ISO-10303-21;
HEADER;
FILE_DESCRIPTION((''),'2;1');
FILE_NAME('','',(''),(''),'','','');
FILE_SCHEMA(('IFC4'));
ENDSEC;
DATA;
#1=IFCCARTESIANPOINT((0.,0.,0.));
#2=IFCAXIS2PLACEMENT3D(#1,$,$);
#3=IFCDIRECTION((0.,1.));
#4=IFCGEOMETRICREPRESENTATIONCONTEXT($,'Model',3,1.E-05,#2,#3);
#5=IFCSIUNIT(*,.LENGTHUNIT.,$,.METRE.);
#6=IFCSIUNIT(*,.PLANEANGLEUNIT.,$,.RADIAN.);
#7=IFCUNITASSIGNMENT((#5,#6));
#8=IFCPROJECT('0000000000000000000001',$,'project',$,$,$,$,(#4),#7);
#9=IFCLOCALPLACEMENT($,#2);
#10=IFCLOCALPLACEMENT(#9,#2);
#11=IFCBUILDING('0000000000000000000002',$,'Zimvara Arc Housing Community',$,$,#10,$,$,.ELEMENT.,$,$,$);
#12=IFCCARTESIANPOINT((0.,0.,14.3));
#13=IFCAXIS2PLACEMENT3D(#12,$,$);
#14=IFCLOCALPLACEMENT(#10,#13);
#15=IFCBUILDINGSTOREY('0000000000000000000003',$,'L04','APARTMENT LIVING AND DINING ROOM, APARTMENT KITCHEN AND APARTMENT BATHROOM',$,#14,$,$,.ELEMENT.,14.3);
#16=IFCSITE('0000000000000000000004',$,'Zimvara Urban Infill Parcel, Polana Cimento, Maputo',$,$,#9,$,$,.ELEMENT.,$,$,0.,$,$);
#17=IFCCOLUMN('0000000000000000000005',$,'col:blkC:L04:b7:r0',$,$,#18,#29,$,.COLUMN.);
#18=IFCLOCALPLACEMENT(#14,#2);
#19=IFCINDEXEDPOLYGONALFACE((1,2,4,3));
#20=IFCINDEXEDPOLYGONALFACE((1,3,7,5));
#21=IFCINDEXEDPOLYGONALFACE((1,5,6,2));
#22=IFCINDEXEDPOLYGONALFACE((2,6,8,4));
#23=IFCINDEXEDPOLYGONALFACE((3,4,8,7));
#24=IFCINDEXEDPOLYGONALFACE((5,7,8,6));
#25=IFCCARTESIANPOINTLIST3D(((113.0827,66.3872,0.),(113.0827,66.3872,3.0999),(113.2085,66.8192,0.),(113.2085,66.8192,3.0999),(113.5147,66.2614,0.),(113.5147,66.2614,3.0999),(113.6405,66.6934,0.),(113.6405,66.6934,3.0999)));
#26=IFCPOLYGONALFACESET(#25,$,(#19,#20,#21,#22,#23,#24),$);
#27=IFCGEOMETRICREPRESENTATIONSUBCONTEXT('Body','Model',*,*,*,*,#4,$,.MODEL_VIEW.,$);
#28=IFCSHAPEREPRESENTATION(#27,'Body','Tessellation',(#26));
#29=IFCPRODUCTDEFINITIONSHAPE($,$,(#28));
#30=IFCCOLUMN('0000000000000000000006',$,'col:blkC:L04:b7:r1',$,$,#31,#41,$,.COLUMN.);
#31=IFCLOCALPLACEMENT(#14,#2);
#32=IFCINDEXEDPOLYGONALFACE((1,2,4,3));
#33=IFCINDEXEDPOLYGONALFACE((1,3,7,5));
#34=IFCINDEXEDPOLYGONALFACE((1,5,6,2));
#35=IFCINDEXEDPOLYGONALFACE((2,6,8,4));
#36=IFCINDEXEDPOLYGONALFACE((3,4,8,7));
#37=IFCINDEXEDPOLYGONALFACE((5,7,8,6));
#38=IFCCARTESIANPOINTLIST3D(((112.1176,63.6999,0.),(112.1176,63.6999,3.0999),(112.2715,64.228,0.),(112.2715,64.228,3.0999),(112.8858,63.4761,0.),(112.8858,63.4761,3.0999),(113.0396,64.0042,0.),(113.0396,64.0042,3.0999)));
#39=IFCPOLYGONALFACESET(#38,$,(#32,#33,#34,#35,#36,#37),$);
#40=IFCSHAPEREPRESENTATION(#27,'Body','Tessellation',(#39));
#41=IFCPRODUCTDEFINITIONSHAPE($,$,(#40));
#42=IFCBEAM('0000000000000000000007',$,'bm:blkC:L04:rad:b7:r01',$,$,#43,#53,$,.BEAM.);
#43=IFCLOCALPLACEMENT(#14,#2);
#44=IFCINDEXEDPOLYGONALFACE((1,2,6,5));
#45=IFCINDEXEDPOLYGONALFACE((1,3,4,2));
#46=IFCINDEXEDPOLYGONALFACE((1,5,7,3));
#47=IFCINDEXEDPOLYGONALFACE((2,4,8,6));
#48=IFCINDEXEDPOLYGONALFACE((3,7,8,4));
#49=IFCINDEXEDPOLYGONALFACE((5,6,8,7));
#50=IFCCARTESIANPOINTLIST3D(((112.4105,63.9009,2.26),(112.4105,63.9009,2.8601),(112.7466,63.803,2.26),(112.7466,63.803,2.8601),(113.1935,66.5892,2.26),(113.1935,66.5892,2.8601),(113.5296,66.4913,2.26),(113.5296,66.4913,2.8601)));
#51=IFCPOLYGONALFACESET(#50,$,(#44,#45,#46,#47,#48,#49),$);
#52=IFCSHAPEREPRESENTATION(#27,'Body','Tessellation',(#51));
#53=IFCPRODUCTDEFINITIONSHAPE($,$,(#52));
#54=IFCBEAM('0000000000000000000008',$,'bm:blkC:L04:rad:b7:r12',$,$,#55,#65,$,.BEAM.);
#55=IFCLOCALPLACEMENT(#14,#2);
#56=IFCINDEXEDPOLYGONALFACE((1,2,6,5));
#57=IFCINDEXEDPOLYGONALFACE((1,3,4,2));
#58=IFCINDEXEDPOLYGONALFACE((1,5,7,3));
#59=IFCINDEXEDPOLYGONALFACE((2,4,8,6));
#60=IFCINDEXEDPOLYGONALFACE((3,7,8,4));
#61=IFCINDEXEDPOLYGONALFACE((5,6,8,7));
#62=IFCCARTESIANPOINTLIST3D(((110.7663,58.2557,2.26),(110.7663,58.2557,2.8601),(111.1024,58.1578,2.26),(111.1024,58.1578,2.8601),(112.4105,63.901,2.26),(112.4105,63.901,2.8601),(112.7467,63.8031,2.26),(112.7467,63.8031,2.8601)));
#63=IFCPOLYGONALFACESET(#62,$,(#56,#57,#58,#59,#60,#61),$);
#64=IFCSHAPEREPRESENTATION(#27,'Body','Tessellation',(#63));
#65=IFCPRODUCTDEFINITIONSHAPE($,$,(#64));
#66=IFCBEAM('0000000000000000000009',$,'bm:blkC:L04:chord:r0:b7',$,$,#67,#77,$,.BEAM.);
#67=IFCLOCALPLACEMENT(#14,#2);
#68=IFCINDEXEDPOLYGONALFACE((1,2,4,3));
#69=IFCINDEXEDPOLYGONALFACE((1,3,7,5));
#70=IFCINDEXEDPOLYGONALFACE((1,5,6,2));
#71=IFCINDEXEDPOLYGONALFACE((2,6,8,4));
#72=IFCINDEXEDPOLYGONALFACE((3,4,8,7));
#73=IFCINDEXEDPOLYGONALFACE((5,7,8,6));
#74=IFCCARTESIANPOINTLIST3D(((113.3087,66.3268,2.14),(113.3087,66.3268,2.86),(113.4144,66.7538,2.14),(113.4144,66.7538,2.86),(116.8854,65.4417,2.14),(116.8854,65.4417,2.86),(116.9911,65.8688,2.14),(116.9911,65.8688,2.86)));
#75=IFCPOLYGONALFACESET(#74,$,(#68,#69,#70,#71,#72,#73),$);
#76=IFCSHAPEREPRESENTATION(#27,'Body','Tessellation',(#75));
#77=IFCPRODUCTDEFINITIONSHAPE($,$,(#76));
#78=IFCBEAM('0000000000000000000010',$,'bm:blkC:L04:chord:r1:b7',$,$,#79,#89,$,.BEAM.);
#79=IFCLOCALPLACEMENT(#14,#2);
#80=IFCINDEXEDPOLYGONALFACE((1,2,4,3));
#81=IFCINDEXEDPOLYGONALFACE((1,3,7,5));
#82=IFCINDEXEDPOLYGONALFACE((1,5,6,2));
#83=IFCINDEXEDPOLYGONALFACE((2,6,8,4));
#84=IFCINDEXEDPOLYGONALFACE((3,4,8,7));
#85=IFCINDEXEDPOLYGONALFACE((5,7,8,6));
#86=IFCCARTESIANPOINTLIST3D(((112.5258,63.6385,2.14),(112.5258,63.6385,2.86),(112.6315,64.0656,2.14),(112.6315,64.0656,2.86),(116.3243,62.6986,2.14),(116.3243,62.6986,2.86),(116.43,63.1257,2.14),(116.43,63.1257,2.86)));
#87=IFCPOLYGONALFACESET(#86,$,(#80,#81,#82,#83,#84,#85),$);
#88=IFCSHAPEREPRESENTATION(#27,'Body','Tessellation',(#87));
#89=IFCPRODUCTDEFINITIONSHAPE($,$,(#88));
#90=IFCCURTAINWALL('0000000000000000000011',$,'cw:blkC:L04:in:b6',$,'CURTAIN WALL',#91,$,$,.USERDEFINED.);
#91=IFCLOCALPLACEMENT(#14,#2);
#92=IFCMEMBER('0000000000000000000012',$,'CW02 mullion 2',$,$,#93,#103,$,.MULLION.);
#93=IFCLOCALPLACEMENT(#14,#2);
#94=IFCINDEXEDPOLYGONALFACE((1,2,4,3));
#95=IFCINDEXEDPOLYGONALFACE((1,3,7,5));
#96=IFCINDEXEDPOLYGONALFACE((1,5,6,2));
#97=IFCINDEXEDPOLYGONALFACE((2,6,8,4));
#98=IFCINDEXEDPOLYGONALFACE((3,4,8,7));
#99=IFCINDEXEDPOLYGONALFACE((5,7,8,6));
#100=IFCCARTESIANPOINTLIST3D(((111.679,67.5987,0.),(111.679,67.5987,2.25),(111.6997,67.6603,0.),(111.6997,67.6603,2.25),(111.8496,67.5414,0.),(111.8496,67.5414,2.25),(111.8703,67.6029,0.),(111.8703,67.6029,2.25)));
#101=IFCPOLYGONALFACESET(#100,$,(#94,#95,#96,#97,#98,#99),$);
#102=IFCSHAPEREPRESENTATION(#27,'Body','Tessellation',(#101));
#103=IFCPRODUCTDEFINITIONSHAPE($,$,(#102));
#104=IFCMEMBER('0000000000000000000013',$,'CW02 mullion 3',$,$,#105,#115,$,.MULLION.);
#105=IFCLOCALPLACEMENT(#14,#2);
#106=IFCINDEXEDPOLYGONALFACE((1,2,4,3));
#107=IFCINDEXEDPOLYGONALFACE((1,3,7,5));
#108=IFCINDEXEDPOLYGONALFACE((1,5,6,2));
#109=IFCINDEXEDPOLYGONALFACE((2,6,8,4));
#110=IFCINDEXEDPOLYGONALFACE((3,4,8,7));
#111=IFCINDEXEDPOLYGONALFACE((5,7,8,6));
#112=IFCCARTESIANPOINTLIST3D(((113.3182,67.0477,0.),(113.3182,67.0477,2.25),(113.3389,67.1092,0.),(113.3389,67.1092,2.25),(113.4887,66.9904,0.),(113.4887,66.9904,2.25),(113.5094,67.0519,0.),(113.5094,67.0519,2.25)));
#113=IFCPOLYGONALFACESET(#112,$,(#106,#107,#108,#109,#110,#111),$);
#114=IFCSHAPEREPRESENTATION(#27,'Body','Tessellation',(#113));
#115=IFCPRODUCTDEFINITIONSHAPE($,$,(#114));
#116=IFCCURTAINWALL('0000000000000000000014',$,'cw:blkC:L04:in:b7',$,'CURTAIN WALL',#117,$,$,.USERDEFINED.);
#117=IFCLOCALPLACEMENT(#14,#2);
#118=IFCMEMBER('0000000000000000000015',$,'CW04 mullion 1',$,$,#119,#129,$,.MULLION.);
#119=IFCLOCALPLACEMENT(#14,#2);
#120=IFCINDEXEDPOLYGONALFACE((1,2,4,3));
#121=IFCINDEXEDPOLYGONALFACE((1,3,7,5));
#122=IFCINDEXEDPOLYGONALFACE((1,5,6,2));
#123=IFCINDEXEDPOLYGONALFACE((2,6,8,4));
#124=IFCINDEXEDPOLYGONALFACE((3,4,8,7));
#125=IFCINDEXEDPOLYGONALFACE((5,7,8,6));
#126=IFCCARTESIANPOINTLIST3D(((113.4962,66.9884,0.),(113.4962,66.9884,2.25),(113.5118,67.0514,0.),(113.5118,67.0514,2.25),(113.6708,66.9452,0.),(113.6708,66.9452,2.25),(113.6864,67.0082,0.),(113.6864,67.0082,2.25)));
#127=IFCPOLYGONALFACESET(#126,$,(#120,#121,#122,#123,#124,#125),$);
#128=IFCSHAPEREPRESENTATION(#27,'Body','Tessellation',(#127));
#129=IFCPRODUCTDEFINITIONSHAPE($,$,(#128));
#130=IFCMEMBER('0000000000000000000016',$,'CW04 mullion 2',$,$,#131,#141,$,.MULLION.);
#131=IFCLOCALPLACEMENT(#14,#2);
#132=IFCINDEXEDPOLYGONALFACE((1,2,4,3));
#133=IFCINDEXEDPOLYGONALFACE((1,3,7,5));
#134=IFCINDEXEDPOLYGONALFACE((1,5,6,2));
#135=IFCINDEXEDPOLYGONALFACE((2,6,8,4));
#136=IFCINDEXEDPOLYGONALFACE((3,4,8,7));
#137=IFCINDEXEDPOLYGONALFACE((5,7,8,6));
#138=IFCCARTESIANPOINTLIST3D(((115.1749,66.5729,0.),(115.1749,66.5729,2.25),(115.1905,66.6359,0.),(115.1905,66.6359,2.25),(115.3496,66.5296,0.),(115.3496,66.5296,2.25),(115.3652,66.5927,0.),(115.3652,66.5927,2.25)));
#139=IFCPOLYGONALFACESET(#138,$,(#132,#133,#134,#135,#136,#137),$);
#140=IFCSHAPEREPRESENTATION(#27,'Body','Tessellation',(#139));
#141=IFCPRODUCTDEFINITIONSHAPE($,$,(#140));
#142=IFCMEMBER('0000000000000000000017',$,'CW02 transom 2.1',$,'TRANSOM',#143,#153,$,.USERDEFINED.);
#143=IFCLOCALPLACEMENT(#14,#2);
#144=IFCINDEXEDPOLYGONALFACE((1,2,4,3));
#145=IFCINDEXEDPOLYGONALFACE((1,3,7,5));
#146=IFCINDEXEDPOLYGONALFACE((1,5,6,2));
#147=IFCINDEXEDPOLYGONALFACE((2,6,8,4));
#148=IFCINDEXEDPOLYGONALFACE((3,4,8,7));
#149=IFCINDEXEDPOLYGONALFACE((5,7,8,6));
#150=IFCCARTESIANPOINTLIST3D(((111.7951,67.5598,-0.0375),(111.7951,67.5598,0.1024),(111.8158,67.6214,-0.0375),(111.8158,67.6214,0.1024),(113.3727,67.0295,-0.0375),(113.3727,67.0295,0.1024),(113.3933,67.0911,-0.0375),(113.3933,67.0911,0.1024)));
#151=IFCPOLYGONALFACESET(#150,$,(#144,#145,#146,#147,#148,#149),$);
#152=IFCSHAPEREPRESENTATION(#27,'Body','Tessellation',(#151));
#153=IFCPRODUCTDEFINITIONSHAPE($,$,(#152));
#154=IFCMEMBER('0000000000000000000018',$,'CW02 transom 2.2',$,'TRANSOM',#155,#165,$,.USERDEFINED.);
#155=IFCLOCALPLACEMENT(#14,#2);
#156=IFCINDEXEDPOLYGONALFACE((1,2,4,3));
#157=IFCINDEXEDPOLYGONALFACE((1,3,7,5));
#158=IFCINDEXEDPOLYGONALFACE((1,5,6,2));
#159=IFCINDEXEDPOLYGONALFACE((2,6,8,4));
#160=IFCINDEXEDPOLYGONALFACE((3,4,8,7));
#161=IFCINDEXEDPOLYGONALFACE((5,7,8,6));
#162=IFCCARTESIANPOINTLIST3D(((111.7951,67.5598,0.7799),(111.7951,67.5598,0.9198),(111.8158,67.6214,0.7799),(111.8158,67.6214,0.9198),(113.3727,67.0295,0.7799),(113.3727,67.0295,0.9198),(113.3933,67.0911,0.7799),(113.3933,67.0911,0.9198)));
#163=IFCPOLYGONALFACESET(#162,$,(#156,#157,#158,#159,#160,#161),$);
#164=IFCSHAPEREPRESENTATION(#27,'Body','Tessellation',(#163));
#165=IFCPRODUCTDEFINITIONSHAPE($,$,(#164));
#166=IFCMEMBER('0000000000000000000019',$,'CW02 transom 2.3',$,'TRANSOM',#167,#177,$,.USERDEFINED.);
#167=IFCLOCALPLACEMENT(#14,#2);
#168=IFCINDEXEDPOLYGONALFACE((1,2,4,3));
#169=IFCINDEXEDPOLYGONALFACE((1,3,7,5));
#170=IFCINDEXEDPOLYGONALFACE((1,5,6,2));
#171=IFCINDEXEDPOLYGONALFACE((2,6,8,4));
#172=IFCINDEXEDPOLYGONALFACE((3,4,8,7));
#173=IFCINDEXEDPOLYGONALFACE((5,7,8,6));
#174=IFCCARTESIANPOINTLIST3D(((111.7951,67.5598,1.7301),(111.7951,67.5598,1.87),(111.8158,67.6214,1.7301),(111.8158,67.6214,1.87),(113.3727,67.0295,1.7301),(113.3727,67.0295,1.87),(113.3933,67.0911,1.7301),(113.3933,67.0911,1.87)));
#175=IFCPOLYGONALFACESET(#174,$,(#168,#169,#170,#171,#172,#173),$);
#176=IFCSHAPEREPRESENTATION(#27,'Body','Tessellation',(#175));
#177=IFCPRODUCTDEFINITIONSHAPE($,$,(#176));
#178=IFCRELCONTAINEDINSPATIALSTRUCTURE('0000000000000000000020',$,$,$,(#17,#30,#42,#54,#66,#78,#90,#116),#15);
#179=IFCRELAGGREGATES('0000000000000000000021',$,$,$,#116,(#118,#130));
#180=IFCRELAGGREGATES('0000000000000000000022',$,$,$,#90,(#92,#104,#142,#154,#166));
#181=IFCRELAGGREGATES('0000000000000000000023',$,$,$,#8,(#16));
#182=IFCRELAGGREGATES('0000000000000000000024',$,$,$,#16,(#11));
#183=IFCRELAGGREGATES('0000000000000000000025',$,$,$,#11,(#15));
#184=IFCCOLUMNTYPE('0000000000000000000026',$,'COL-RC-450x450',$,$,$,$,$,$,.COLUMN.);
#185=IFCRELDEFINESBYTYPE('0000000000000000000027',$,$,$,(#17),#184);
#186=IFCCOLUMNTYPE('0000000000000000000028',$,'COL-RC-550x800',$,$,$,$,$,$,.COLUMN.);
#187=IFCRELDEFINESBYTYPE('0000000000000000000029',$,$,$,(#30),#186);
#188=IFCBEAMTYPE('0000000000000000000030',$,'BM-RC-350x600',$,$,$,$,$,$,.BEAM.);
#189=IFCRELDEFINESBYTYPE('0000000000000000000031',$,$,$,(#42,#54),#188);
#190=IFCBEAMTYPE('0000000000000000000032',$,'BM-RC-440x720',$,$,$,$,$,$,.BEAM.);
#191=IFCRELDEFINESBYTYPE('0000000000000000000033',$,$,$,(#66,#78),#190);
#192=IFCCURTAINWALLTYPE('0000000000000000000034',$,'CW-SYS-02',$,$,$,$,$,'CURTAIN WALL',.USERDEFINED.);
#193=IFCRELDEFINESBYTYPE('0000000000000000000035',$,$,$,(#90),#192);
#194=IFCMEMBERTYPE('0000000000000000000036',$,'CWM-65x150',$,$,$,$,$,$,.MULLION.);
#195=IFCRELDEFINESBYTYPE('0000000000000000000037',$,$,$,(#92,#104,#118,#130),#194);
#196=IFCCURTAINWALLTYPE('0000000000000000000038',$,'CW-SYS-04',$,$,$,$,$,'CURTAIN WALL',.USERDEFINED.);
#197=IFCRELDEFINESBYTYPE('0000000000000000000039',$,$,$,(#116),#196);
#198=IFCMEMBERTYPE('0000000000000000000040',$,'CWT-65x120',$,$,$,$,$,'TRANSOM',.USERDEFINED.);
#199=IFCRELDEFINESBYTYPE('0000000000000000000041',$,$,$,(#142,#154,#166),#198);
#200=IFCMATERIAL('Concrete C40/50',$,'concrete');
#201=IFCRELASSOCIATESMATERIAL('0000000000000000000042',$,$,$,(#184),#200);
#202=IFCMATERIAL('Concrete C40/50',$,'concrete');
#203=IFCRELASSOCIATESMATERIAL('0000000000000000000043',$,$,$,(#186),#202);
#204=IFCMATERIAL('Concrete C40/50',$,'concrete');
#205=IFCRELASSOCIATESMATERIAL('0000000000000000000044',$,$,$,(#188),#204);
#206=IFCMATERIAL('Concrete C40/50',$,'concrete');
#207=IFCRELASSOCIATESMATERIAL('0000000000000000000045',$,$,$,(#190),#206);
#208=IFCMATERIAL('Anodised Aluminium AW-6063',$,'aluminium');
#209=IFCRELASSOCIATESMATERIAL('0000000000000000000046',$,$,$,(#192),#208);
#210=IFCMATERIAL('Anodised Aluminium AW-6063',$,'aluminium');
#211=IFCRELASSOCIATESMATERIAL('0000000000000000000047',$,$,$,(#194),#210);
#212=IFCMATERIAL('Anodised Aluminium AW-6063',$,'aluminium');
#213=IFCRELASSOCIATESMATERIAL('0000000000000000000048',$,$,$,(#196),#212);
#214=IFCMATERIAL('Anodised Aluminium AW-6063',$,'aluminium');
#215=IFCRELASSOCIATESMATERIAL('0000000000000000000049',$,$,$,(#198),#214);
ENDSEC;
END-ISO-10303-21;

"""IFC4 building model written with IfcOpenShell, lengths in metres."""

from ifc_helpers import new_model, si_unit, direction, frame, origin, origin_2d, place, context, subcontext, project, spatial, rectangle, extrude, material, material_profile, profile_set, type_object, element, aggregate, save


model = new_model("IFC4")

# Units and contexts
model_context = context("Model", 3, precision=1e-05, world=origin(), true_north=direction((0.0, 1.0)))
body_context = subcontext(model_context, "Body", "Model", "MODEL_VIEW")
ifc_project = project(units=[si_unit("LENGTHUNIT", "METRE"), si_unit("PLANEANGLEUNIT", "RADIAN")], contexts=[model_context])

# Site, building, storey
site_placement = place(None, origin())
site = spatial("IfcSite", under=ifc_project, at=site_placement, Name="Zimvara Urban Infill Parcel, Polana Cimento, Maputo", CompositionType="ELEMENT", RefElevation=0.0)
building_placement = place(site_placement, origin())
building = spatial("IfcBuilding", under=site, at=building_placement, Name="Zimvara Arc Housing Community", CompositionType="ELEMENT")
storey_placement = place(building_placement, frame((0.0, 0.0, 14.3)))
storey = spatial("IfcBuildingStorey", under=building, at=storey_placement, Name="L04", Description="APARTMENT LIVING AND DINING ROOM, APARTMENT KITCHEN AND APARTMENT BATHROOM", CompositionType="ELEMENT", Elevation=14.3)

# Columns
ifc_material_1 = material(Name="Concrete C40/50", Category="concrete")
ifc_material_profile_1 = material_profile(ifc_material_1, rectangle(XDim=0.45, YDim=0.45, at=origin_2d()), Name="RC 450x450")
ifc_profile_set_1 = profile_set([ifc_material_profile_1], Name="Concrete C40/50")
column_type_1 = type_object("IfcColumnType", Name="COL-RC-450x450", PredefinedType="COLUMN", material=ifc_profile_set_1)
column_1_placement = place(storey_placement, frame((113.3616, 66.5403, 0.0), z_axis=(0.0, 0.0, 1.0), x_axis=(-0.279661, -0.960099, 0.0)))
element("IfcColumn", 1, at=column_1_placement, inside=storey, type_object=column_type_1, Name="col:blkC:L04:b7:r0", PredefinedType="COLUMN", context=body_context, shape_type="SweptSolid", body=[
    extrude(rectangle(XDim=0.45, YDim=0.45, at=origin_2d()), origin(), (0.0, 0.0, 1.0), 3.0999),
])
ifc_material_2 = material(Name="Concrete C40/50", Category="concrete")
ifc_material_profile_2 = material_profile(ifc_material_2, rectangle(XDim=0.55, YDim=0.8, at=origin_2d()), Name="RC 550x800")
ifc_profile_set_2 = profile_set([ifc_material_profile_2], Name="Concrete C40/50")
column_type_2 = type_object("IfcColumnType", Name="COL-RC-550x800", PredefinedType="COLUMN", material=ifc_profile_set_2)
column_2_placement = place(storey_placement, frame((112.5786, 63.8521, 0.0), z_axis=(0.0, 0.0, 1.0), x_axis=(-0.279661, -0.960099, 0.0)))
element("IfcColumn", 2, at=column_2_placement, inside=storey, type_object=column_type_2, Name="col:blkC:L04:b7:r1", PredefinedType="COLUMN", context=body_context, shape_type="SweptSolid", body=[
    extrude(rectangle(XDim=0.55, YDim=0.8, at=origin_2d()), origin(), (0.0, 0.0, 1.0), 3.0999),
])

# Beams
ifc_material_3 = material(Name="Concrete C40/50", Category="concrete")
ifc_material_profile_3 = material_profile(ifc_material_3, rectangle(XDim=0.3501, YDim=0.6001, at=origin_2d()), Name="RC 350x600")
ifc_profile_set_3 = profile_set([ifc_material_profile_3], Name="Concrete C40/50")
beam_type_1 = type_object("IfcBeamType", Name="BM-RC-350x600", PredefinedType="BEAM", material=ifc_profile_set_3)
beam_1_placement = place(storey_placement, frame((113.3616, 66.5403, 2.5601), z_axis=(-0.279635, -0.960106, 0.0), x_axis=(0.960106, -0.279635, 0.0)))
element("IfcBeam", 3, at=beam_1_placement, inside=storey, type_object=beam_type_1, Name="bm:blkC:L04:rad:b7:r01", PredefinedType="BEAM", context=body_context, shape_type="SweptSolid", body=[
    extrude(rectangle(XDim=0.3501, YDim=0.6001, at=origin_2d()), origin(), (0.0, 0.0, 1.0), 2.8),
])
beam_2_placement = place(storey_placement, frame((112.5786, 63.8521, 2.5601), z_axis=(-0.279648, -0.960103, 0.0), x_axis=(0.960103, -0.279648, 0.0)))
element("IfcBeam", 4, at=beam_2_placement, inside=storey, type_object=beam_type_1, Name="bm:blkC:L04:rad:b7:r12", PredefinedType="BEAM", context=body_context, shape_type="SweptSolid", body=[
    extrude(rectangle(XDim=0.3501, YDim=0.6001, at=origin_2d()), origin(), (0.0, 0.0, 1.0), 5.8799),
])
ifc_material_4 = material(Name="Concrete C40/50", Category="concrete")
ifc_material_profile_4 = material_profile(ifc_material_4, rectangle(XDim=0.4399, YDim=0.72, at=origin_2d()), Name="RC 440x720")
ifc_profile_set_4 = profile_set([ifc_material_profile_4], Name="Concrete C40/50")
beam_type_2 = type_object("IfcBeamType", Name="BM-RC-440x720", PredefinedType="BEAM", material=ifc_profile_set_4)
beam_3_placement = place(storey_placement, frame((113.3616, 66.5403, 2.5), z_axis=(0.970724, -0.240196, 0.0), x_axis=(0.240196, 0.970724, 0.0)))
element("IfcBeam", 5, at=beam_3_placement, inside=storey, type_object=beam_type_2, Name="bm:blkC:L04:chord:r0:b7", PredefinedType="BEAM", context=body_context, shape_type="SweptSolid", body=[
    extrude(rectangle(XDim=0.4399, YDim=0.72, at=origin_2d()), origin(), (0.0, 0.0, 1.0), 3.6846),
])
beam_4_placement = place(storey_placement, frame((112.5786, 63.8521, 2.5), z_axis=(0.970723, -0.240201, 0.0), x_axis=(0.240201, 0.970723, 0.0)))
element("IfcBeam", 6, at=beam_4_placement, inside=storey, type_object=beam_type_2, Name="bm:blkC:L04:chord:r1:b7", PredefinedType="BEAM", context=body_context, shape_type="SweptSolid", body=[
    extrude(rectangle(XDim=0.4399, YDim=0.72, at=origin_2d()), origin(), (0.0, 0.0, 1.0), 3.9131),
])

# Curtain walls, members
ifc_material_5 = material(Name="Anodised Aluminium AW-6063", Category="aluminium")
curtain_wall_type_1 = type_object("IfcCurtainWallType", Name="CW-SYS-02", ElementType="CURTAIN WALL", PredefinedType="USERDEFINED", material=ifc_material_5)
curtain_wall_1_placement = place(storey_placement, origin())
curtain_wall_1 = element("IfcCurtainWall", 7, at=curtain_wall_1_placement, inside=storey, type_object=curtain_wall_type_1, Name="cw:blkC:L04:in:b6", ObjectType="CURTAIN WALL", PredefinedType="USERDEFINED")
ifc_material_6 = material(Name="Anodised Aluminium AW-6063", Category="aluminium")
ifc_material_profile_5 = material_profile(ifc_material_6, rectangle(XDim=0.0649, YDim=0.1799, at=origin_2d()), Name="ALU 65x180")
ifc_profile_set_5 = profile_set([ifc_material_profile_5], Name="Anodised Aluminium AW-6063")
member_type_1 = type_object("IfcMemberType", Name="CWM-65x150", PredefinedType="MULLION", material=ifc_profile_set_5)
member_1_placement = place(storey_placement, frame((111.7747, 67.6008, 0.0), z_axis=(0.0, 0.0, 1.0), x_axis=(0.31863, 0.947879, 0.0)))
member_1 = element("IfcMember", 8, at=member_1_placement, type_object=member_type_1, Name="CW02 mullion 2", PredefinedType="MULLION", context=body_context, shape_type="SweptSolid", body=[
    extrude(rectangle(XDim=0.0649, YDim=0.1799, at=origin_2d()), origin(), (0.0, 0.0, 1.0), 2.25),
])
member_2_placement = place(storey_placement, frame((113.4138, 67.0498, 0.0), z_axis=(0.0, 0.0, 1.0), x_axis=(0.31863, 0.947879, 0.0)))
member_2 = element("IfcMember", 9, at=member_2_placement, type_object=member_type_1, Name="CW02 mullion 3", PredefinedType="MULLION", context=body_context, shape_type="SweptSolid", body=[
    extrude(rectangle(XDim=0.0649, YDim=0.1799, at=origin_2d()), origin(), (0.0, 0.0, 1.0), 2.25),
])
ifc_material_7 = material(Name="Anodised Aluminium AW-6063", Category="aluminium")
curtain_wall_type_2 = type_object("IfcCurtainWallType", Name="CW-SYS-04", ElementType="CURTAIN WALL", PredefinedType="USERDEFINED", material=ifc_material_7)
curtain_wall_2_placement = place(storey_placement, origin())
curtain_wall_2 = element("IfcCurtainWall", 10, at=curtain_wall_2_placement, inside=storey, type_object=curtain_wall_type_2, Name="cw:blkC:L04:in:b7", ObjectType="CURTAIN WALL", PredefinedType="USERDEFINED")
member_3_placement = place(storey_placement, frame((113.5913, 66.9983, 0.0), z_axis=(0.0, 0.0, 1.0), x_axis=(0.240228, 0.970717, 0.0)))
member_3 = element("IfcMember", 11, at=member_3_placement, type_object=member_type_1, Name="CW04 mullion 1", PredefinedType="MULLION", context=body_context, shape_type="SweptSolid", body=[
    extrude(rectangle(XDim=0.0649, YDim=0.1799, at=origin_2d()), origin(), (0.0, 0.0, 1.0), 2.25),
])
member_4_placement = place(storey_placement, frame((115.27, 66.5828, 0.0), z_axis=(0.0, 0.0, 1.0), x_axis=(0.240228, 0.970717, 0.0)))
member_4 = element("IfcMember", 12, at=member_4_placement, type_object=member_type_1, Name="CW04 mullion 2", PredefinedType="MULLION", context=body_context, shape_type="SweptSolid", body=[
    extrude(rectangle(XDim=0.0649, YDim=0.1799, at=origin_2d()), origin(), (0.0, 0.0, 1.0), 2.25),
])

# Members
ifc_material_8 = material(Name="Anodised Aluminium AW-6063", Category="aluminium")
ifc_material_profile_6 = material_profile(ifc_material_8, rectangle(XDim=0.0649, YDim=0.1399, at=origin_2d()), Name="ALU 65x140")
ifc_profile_set_6 = profile_set([ifc_material_profile_6], Name="Anodised Aluminium AW-6063")
member_type_2 = type_object("IfcMemberType", Name="CWT-65x120", ElementType="TRANSOM", PredefinedType="USERDEFINED", material=ifc_profile_set_6)
member_5_placement = place(storey_placement, frame((111.8054, 67.5906, 0.0325), z_axis=(0.947888, -0.318603, 0.0), x_axis=(0.318603, 0.947888, 0.0)))
member_5 = element("IfcMember", 13, at=member_5_placement, type_object=member_type_2, Name="CW02 transom 2.1", ObjectType="TRANSOM", PredefinedType="USERDEFINED", context=body_context, shape_type="SweptSolid", body=[
    extrude(rectangle(XDim=0.0649, YDim=0.1399, at=origin_2d()), origin(), (0.0, 0.0, 1.0), 1.6643),
])
member_6_placement = place(storey_placement, frame((111.8054, 67.5906, 0.8499), z_axis=(0.947888, -0.318603, 0.0), x_axis=(0.318603, 0.947888, 0.0)))
member_6 = element("IfcMember", 14, at=member_6_placement, type_object=member_type_2, Name="CW02 transom 2.2", ObjectType="TRANSOM", PredefinedType="USERDEFINED", context=body_context, shape_type="SweptSolid", body=[
    extrude(rectangle(XDim=0.0649, YDim=0.1399, at=origin_2d()), origin(), (0.0, 0.0, 1.0), 1.6643),
])
member_7_placement = place(storey_placement, frame((111.8054, 67.5906, 1.8), z_axis=(0.947888, -0.318603, 0.0), x_axis=(0.318603, 0.947888, 0.0)))
member_7 = element("IfcMember", 15, at=member_7_placement, type_object=member_type_2, Name="CW02 transom 2.3", ObjectType="TRANSOM", PredefinedType="USERDEFINED", context=body_context, shape_type="SweptSolid", body=[
    extrude(rectangle(XDim=0.0649, YDim=0.1399, at=origin_2d()), origin(), (0.0, 0.0, 1.0), 1.6643),
])

aggregate(curtain_wall_2, [member_3, member_4])
aggregate(curtain_wall_1, [member_1, member_2, member_5, member_6, member_7])

save(model, "model.ifc")
